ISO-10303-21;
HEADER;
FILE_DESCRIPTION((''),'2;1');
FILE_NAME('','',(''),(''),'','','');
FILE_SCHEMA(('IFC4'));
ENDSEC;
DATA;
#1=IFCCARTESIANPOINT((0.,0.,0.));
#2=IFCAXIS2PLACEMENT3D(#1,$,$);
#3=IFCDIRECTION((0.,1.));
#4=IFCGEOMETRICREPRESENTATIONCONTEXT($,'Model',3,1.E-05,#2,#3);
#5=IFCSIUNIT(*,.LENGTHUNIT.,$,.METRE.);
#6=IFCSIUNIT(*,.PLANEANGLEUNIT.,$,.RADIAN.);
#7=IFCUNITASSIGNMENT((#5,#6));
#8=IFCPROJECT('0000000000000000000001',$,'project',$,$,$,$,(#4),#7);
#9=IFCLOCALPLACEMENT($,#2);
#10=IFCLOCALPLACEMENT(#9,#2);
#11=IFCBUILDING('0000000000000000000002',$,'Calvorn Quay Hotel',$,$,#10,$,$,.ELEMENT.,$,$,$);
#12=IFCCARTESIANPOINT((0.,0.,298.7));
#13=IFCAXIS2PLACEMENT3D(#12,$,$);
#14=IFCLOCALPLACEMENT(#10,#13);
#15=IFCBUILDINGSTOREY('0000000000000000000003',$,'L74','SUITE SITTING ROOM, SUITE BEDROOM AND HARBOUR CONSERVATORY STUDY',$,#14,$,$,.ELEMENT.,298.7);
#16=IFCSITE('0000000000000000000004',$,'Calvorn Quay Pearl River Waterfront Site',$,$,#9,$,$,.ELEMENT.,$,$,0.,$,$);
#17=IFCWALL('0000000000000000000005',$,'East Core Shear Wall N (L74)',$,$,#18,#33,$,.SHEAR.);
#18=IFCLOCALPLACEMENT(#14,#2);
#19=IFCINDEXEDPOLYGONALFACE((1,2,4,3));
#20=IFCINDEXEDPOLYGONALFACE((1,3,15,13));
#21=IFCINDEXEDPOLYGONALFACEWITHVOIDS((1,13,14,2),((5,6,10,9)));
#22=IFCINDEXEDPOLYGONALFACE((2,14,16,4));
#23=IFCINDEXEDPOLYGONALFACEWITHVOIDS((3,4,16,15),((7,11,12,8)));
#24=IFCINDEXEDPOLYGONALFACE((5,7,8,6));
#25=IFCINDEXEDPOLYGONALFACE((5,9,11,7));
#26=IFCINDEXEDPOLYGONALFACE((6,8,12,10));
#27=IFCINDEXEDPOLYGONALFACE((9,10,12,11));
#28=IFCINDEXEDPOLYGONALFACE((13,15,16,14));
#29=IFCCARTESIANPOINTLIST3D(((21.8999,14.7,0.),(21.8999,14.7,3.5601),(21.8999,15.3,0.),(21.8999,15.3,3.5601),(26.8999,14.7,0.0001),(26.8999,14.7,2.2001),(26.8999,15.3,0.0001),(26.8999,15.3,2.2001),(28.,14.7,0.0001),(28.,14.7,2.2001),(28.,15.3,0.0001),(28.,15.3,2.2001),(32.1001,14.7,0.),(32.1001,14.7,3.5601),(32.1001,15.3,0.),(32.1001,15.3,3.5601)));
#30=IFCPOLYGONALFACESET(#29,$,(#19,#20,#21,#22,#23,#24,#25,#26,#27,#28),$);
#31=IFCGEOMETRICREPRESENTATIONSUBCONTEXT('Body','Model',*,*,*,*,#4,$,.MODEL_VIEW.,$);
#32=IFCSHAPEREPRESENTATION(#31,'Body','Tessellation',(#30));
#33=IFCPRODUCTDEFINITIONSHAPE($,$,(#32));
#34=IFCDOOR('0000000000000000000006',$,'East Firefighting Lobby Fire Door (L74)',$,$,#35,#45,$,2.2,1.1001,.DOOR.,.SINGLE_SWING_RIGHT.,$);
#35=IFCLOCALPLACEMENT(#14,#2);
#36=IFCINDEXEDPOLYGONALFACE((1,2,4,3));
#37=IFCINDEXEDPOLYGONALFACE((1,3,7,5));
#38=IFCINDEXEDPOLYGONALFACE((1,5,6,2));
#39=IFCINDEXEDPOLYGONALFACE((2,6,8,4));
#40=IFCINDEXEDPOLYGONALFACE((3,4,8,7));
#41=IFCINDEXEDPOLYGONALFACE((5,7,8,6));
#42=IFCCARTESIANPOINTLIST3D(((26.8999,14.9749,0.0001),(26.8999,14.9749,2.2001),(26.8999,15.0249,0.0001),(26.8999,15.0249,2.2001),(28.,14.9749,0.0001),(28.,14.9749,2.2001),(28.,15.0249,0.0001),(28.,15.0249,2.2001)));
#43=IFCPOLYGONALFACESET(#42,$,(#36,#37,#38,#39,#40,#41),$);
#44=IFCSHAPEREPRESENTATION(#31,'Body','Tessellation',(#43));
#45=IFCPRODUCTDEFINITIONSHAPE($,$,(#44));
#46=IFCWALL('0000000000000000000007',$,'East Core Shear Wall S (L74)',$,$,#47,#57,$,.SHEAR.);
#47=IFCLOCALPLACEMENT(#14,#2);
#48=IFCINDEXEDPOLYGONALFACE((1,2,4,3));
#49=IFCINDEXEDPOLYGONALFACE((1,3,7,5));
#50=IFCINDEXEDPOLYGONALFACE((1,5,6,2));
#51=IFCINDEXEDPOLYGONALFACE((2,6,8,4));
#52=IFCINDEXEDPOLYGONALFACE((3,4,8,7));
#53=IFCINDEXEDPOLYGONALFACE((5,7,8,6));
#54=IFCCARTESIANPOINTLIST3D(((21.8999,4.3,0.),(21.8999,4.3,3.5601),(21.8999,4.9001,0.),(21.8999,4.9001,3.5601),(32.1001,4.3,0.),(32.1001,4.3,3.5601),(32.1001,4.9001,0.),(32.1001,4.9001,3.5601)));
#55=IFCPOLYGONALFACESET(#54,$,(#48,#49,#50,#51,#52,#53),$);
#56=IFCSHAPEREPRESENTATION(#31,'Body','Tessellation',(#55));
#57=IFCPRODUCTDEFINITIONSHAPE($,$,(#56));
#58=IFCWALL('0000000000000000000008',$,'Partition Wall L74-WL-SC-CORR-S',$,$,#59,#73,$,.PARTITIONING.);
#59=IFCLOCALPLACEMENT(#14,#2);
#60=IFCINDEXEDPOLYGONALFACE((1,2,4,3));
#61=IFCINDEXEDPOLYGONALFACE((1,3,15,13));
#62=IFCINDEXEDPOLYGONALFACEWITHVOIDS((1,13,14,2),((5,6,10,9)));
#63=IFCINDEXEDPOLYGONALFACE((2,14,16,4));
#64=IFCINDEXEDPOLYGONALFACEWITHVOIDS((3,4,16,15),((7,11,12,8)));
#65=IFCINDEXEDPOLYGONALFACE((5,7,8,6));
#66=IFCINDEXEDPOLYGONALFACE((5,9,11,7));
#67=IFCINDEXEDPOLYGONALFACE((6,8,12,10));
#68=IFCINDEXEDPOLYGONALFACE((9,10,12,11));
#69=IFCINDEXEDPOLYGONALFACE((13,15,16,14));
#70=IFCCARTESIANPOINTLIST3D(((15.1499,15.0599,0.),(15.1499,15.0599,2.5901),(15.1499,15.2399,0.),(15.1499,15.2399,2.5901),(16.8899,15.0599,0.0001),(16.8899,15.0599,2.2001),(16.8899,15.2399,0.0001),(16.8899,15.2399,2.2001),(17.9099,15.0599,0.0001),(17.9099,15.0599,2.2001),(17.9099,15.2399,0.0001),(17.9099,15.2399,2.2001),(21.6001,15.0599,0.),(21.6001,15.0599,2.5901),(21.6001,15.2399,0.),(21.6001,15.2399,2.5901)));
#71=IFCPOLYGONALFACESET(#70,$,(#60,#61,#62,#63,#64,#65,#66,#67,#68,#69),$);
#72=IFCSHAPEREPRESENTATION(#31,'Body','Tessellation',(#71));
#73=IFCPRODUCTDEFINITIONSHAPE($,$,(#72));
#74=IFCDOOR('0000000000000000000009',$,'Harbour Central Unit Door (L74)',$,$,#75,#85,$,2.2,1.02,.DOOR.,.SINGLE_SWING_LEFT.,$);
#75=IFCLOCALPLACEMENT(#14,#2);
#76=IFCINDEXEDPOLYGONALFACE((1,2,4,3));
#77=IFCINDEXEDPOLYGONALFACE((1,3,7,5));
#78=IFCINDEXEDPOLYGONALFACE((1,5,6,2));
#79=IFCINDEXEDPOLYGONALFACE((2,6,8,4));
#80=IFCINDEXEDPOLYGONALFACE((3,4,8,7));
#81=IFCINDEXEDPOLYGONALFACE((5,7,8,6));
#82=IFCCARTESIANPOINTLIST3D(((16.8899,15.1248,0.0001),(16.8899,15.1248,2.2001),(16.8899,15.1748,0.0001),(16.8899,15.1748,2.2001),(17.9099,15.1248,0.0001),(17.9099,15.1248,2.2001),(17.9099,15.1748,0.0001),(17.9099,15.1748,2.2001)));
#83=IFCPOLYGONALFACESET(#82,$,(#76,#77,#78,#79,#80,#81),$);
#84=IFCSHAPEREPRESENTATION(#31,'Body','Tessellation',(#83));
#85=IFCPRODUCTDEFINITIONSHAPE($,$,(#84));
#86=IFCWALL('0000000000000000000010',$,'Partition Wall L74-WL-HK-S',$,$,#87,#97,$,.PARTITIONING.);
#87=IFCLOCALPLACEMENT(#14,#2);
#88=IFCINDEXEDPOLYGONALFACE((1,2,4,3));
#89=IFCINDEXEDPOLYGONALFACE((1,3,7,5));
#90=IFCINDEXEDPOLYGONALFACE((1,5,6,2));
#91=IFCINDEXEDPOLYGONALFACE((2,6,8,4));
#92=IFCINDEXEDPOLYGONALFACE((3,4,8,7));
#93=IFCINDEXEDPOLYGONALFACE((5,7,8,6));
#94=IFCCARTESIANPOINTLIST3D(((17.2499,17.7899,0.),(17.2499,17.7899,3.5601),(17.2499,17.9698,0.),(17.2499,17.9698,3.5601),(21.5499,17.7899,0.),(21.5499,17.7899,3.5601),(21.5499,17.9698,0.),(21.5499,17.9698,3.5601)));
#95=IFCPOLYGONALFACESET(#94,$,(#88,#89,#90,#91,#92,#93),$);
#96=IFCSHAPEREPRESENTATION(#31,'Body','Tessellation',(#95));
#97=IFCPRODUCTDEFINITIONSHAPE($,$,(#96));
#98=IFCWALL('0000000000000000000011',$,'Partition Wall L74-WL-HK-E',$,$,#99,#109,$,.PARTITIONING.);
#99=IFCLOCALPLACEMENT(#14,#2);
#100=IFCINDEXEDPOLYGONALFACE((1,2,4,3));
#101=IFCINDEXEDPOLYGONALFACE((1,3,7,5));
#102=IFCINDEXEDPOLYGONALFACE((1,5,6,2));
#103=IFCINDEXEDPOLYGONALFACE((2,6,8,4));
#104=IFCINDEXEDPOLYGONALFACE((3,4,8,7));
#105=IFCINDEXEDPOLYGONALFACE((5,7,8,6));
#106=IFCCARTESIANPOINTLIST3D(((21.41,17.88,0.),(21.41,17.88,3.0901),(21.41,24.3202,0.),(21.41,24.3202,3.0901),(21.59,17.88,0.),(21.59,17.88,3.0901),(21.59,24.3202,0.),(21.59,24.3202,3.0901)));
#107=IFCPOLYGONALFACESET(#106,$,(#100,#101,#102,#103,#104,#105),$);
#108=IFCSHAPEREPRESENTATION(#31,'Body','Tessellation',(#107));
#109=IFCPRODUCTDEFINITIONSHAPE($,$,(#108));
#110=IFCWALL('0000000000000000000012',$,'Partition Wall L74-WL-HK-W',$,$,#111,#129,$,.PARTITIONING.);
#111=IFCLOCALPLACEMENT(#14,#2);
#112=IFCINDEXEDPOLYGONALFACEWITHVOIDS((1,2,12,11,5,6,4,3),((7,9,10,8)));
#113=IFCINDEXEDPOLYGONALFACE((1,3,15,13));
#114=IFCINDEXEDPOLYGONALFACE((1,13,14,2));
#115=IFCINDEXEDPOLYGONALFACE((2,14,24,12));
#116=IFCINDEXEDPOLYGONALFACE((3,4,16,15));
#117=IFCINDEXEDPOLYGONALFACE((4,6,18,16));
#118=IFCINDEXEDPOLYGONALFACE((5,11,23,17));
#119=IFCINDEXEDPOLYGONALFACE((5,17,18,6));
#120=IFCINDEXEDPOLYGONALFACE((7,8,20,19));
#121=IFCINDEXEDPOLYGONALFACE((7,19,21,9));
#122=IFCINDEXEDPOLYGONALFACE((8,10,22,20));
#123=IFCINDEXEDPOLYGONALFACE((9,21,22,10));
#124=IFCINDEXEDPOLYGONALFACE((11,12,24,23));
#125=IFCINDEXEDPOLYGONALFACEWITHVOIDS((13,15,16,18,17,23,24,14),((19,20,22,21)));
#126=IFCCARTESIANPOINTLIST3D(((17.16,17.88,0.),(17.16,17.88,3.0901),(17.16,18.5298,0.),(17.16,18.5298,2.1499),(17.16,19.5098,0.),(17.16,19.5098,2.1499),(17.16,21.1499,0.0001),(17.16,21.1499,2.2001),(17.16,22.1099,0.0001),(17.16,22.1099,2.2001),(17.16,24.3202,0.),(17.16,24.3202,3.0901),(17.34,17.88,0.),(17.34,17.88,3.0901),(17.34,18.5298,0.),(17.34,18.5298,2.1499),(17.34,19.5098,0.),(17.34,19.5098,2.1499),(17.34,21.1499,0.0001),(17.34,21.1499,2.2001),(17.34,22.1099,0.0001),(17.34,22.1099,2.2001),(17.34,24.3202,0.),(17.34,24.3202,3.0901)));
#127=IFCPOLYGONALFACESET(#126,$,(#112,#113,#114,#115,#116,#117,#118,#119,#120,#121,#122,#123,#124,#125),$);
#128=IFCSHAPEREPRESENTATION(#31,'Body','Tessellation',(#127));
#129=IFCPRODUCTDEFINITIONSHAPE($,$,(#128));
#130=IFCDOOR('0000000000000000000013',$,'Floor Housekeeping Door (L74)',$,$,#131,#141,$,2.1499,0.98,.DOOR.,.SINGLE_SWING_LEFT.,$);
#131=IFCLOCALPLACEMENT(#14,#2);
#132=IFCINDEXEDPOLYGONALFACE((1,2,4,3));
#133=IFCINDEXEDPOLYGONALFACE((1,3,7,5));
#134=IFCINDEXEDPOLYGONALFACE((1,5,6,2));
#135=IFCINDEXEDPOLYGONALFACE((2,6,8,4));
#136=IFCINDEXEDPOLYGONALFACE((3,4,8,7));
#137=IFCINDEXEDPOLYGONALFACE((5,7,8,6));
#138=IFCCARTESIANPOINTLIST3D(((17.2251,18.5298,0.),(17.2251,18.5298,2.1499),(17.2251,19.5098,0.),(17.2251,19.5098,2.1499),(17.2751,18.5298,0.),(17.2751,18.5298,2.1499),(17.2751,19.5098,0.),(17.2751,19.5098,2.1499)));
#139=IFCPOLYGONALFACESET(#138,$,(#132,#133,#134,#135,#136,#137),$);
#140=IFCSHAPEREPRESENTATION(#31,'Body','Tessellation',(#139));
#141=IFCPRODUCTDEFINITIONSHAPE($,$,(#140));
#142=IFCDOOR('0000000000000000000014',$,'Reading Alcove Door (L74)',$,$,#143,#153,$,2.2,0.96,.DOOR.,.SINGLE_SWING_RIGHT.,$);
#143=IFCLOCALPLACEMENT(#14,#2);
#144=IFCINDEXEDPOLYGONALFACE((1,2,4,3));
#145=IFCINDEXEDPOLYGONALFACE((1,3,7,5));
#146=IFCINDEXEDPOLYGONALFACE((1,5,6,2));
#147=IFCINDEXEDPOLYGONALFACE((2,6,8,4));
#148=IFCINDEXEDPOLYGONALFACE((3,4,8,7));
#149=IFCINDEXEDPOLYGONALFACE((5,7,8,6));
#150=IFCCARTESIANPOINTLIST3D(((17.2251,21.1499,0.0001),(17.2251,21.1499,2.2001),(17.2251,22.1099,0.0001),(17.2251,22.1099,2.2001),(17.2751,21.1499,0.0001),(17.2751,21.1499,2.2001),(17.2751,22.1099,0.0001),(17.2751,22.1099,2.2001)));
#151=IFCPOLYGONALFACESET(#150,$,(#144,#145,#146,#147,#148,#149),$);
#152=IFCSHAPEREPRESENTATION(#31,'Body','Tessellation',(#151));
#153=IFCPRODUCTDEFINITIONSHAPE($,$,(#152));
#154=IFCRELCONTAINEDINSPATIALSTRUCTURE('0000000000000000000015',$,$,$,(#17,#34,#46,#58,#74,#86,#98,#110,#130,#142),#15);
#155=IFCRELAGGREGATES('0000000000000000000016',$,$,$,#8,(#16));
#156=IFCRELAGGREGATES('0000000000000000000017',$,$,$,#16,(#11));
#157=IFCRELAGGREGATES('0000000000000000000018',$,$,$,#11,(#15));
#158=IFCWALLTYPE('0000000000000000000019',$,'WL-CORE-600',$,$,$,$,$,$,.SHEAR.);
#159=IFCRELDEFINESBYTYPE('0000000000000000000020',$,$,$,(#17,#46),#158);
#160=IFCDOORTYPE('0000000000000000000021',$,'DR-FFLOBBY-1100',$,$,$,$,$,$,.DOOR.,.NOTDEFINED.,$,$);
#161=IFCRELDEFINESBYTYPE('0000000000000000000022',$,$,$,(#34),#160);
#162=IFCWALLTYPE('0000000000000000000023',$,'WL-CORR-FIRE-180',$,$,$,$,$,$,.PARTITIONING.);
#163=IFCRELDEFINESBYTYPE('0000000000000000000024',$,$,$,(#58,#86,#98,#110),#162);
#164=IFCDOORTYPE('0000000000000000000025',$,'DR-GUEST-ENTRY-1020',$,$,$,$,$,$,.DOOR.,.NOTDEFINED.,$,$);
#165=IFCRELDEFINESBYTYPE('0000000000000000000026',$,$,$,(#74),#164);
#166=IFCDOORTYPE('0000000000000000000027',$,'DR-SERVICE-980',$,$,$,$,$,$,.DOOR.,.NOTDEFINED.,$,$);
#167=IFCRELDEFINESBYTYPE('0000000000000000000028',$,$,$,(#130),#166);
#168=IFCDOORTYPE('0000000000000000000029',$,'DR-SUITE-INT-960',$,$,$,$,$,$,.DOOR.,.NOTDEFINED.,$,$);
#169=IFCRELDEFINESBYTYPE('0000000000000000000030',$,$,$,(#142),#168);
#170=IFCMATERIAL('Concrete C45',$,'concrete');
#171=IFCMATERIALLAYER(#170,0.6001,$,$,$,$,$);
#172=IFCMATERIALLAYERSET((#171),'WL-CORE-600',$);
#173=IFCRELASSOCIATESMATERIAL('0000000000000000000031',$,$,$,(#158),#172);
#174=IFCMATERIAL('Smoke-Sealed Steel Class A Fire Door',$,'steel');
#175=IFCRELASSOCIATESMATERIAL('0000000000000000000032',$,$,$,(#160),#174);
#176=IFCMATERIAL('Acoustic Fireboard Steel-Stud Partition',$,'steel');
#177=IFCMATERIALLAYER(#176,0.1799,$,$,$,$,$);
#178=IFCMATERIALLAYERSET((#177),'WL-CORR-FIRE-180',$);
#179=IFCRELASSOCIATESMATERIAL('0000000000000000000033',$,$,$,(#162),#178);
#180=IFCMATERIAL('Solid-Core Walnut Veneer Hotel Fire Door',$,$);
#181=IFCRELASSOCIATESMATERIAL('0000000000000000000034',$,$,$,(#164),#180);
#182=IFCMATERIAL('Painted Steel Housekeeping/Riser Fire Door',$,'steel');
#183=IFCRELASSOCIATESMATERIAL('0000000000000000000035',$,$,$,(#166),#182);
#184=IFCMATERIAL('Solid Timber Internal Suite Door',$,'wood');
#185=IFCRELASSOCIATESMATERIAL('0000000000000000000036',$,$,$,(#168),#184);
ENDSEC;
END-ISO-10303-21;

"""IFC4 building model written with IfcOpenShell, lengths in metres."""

from ifc_helpers import new_model, si_unit, direction, frame, frame_2d, origin, place, context, subcontext, project, spatial, rectangle, extrude, material, layer, layer_set, type_object, element, fill, save


model = new_model("IFC4")

# Units and contexts
model_context = context("Model", 3, precision=1e-05, world=origin(), true_north=direction((0.0, 1.0)))
body_context = subcontext(model_context, "Body", "Model", "MODEL_VIEW")
ifc_project = project(units=[si_unit("LENGTHUNIT", "METRE"), si_unit("PLANEANGLEUNIT", "RADIAN")], contexts=[model_context])

# Site, building, storey
site_placement = place(None, origin())
site = spatial("IfcSite", under=ifc_project, at=site_placement, Name="Calvorn Quay Pearl River Waterfront Site", CompositionType="ELEMENT", RefElevation=0.0)
building_placement = place(site_placement, origin())
building = spatial("IfcBuilding", under=site, at=building_placement, Name="Calvorn Quay Hotel", CompositionType="ELEMENT")
storey_placement = place(building_placement, frame((0.0, 0.0, 298.7)))
storey = spatial("IfcBuildingStorey", under=building, at=storey_placement, Name="L74", Description="SUITE SITTING ROOM, SUITE BEDROOM AND HARBOUR CONSERVATORY STUDY", CompositionType="ELEMENT", Elevation=298.7)

# Wall, opening, door
ifc_material_1 = material(Name="Concrete C45", Category="concrete")
ifc_layer_1 = layer(ifc_material_1, 0.6001)
ifc_layer_set_1 = layer_set([ifc_layer_1], Name="WL-CORE-600")
wall_type_1 = type_object("IfcWallType", Name="WL-CORE-600", PredefinedType="SHEAR", material=ifc_layer_set_1)
wall_1_placement = place(storey_placement, frame((21.8999, 15.0, 0.0), z_axis=(0.0, 0.0, 1.0), x_axis=(1.0, 0.0, 0.0)))
wall_1 = element("IfcWall", 1, at=wall_1_placement, inside=storey, type_object=wall_type_1, Name="East Core Shear Wall N (L74)", PredefinedType="SHEAR", context=body_context, shape_type="SweptSolid", body=[
    extrude(rectangle(XDim=10.2002, YDim=0.6001, at=frame_2d((5.1001, 0.0))), origin(), (0.0, 0.0, 1.0), 3.5601),
])
opening_1_placement = place(wall_1_placement, frame((5.0, 0.0, 0.0)))
opening_1 = element("IfcOpeningElement", 2, at=opening_1_placement, cuts=wall_1, PredefinedType="OPENING", context=body_context, shape_type="SweptSolid", body=[
    extrude(rectangle(XDim=1.1001, YDim=2.2, at=frame_2d((0.55, 1.1001))), frame((0.0, 0.3101, 0.0), z_axis=(0.0, -1.0, 0.0), x_axis=(1.0, 0.0, 0.0)), (0.0, 0.0, 1.0), 0.6201),
])
ifc_material_2 = material(Name="Smoke-Sealed Steel Class A Fire Door", Category="steel")
door_type_1 = type_object("IfcDoorType", Name="DR-FFLOBBY-1100", OperationType="NOTDEFINED", PredefinedType="DOOR", material=ifc_material_2)
door_1_placement = place(opening_1_placement, origin())
door_1 = element("IfcDoor", 3, at=door_1_placement, inside=storey, type_object=door_type_1, Name="East Firefighting Lobby Fire Door (L74)", OperationType="SINGLE_SWING_RIGHT", OverallHeight=2.2, OverallWidth=1.1001, PredefinedType="DOOR", context=body_context, shape_type="SweptSolid", body=[
    extrude(rectangle(XDim=1.1001, YDim=2.2, at=frame_2d((0.55, 1.1001))), frame((0.0, 0.0249, 0.0), z_axis=(0.0, -1.0, 0.0), x_axis=(1.0, 0.0, 0.0)), (0.0, 0.0, 1.0), 0.05),
])
fill(opening_1, door_1)

# Wall
wall_2_placement = place(storey_placement, frame((21.8999, 4.6001, 0.0), z_axis=(0.0, 0.0, 1.0), x_axis=(1.0, 0.0, 0.0)))
element("IfcWall", 4, at=wall_2_placement, inside=storey, type_object=wall_type_1, Name="East Core Shear Wall S (L74)", PredefinedType="SHEAR", context=body_context, shape_type="SweptSolid", body=[
    extrude(rectangle(XDim=10.2002, YDim=0.6001, at=frame_2d((5.1001, 0.0))), origin(), (0.0, 0.0, 1.0), 3.5601),
])

# Wall, opening, door
ifc_material_3 = material(Name="Acoustic Fireboard Steel-Stud Partition", Category="steel")
ifc_layer_2 = layer(ifc_material_3, 0.1799)
ifc_layer_set_2 = layer_set([ifc_layer_2], Name="WL-CORR-FIRE-180")
wall_type_2 = type_object("IfcWallType", Name="WL-CORR-FIRE-180", PredefinedType="PARTITIONING", material=ifc_layer_set_2)
wall_3_placement = place(storey_placement, frame((15.1499, 15.1499, 0.0), z_axis=(0.0, 0.0, 1.0), x_axis=(1.0, 0.0, 0.0)))
wall_3 = element("IfcWall", 5, at=wall_3_placement, inside=storey, type_object=wall_type_2, Name="Partition Wall L74-WL-SC-CORR-S", PredefinedType="PARTITIONING", context=body_context, shape_type="SweptSolid", body=[
    extrude(rectangle(XDim=6.4502, YDim=0.1799, at=frame_2d((3.2251, 0.0))), origin(), (0.0, 0.0, 1.0), 2.5901),
])
opening_2_placement = place(wall_3_placement, frame((1.74, 0.0, 0.0)))
opening_2 = element("IfcOpeningElement", 6, at=opening_2_placement, cuts=wall_3, PredefinedType="OPENING", context=body_context, shape_type="SweptSolid", body=[
    extrude(rectangle(XDim=1.02, YDim=2.2, at=frame_2d((0.51, 1.1001))), frame((0.0, 0.0999, 0.0), z_axis=(0.0, -1.0, 0.0), x_axis=(1.0, 0.0, 0.0)), (0.0, 0.0, 1.0), 0.2),
])
ifc_material_4 = material(Name="Solid-Core Walnut Veneer Hotel Fire Door")
door_type_2 = type_object("IfcDoorType", Name="DR-GUEST-ENTRY-1020", OperationType="NOTDEFINED", PredefinedType="DOOR", material=ifc_material_4)
door_2_placement = place(opening_2_placement, origin())
door_2 = element("IfcDoor", 7, at=door_2_placement, inside=storey, type_object=door_type_2, Name="Harbour Central Unit Door (L74)", OperationType="SINGLE_SWING_LEFT", OverallHeight=2.2, OverallWidth=1.02, PredefinedType="DOOR", context=body_context, shape_type="SweptSolid", body=[
    extrude(rectangle(XDim=1.02, YDim=2.2, at=frame_2d((0.51, 1.1001))), frame((0.0, 0.0249, 0.0), z_axis=(0.0, -1.0, 0.0), x_axis=(1.0, 0.0, 0.0)), (0.0, 0.0, 1.0), 0.05),
])
fill(opening_2, door_2)

# Walls
wall_4_placement = place(storey_placement, frame((17.25, 17.8799, 0.0), z_axis=(0.0, 0.0, 1.0), x_axis=(1.0, 0.0, 0.0)))
element("IfcWall", 8, at=wall_4_placement, inside=storey, type_object=wall_type_2, Name="Partition Wall L74-WL-HK-S", PredefinedType="PARTITIONING", context=body_context, shape_type="SweptSolid", body=[
    extrude(rectangle(XDim=4.3, YDim=0.1799, at=frame_2d((2.1499, 0.0))), origin(), (0.0, 0.0, 1.0), 3.5601),
])
wall_5_placement = place(storey_placement, frame((21.5, 17.8799, 0.0), z_axis=(0.0, 0.0, 1.0), x_axis=(0.0, 1.0, 0.0)))
element("IfcWall", 9, at=wall_5_placement, inside=storey, type_object=wall_type_2, Name="Partition Wall L74-WL-HK-E", PredefinedType="PARTITIONING", context=body_context, shape_type="SweptSolid", body=[
    extrude(rectangle(XDim=6.4402, YDim=0.1799, at=frame_2d((3.2202, 0.0))), origin(), (0.0, 0.0, 1.0), 3.0901),
])

# Wall, openings, doors
wall_6_placement = place(storey_placement, frame((17.25, 17.8799, 0.0), z_axis=(0.0, 0.0, 1.0), x_axis=(0.0, 1.0, 0.0)))
wall_6 = element("IfcWall", 10, at=wall_6_placement, inside=storey, type_object=wall_type_2, Name="Partition Wall L74-WL-HK-W", PredefinedType="PARTITIONING", context=body_context, shape_type="SweptSolid", body=[
    extrude(rectangle(XDim=6.4402, YDim=0.1799, at=frame_2d((3.2202, 0.0))), origin(), (0.0, 0.0, 1.0), 3.0901),
])
opening_3_placement = place(wall_6_placement, frame((0.6499, 0.0, 0.0)))
opening_3 = element("IfcOpeningElement", 11, at=opening_3_placement, cuts=wall_6, PredefinedType="OPENING", context=body_context, shape_type="SweptSolid", body=[
    extrude(rectangle(XDim=0.98, YDim=2.1499, at=frame_2d((0.49, 1.075))), frame((0.0, 0.0999, 0.0), z_axis=(0.0, -1.0, 0.0), x_axis=(1.0, 0.0, 0.0)), (0.0, 0.0, 1.0), 0.2),
])
opening_4_placement = place(wall_6_placement, frame((3.27, 0.0, 0.0)))
opening_4 = element("IfcOpeningElement", 12, at=opening_4_placement, cuts=wall_6, PredefinedType="OPENING", context=body_context, shape_type="SweptSolid", body=[
    extrude(rectangle(XDim=0.96, YDim=2.2, at=frame_2d((0.48, 1.1001))), frame((0.0, 0.0999, 0.0), z_axis=(0.0, -1.0, 0.0), x_axis=(1.0, 0.0, 0.0)), (0.0, 0.0, 1.0), 0.2),
])
ifc_material_5 = material(Name="Painted Steel Housekeeping/Riser Fire Door", Category="steel")
door_type_3 = type_object("IfcDoorType", Name="DR-SERVICE-980", OperationType="NOTDEFINED", PredefinedType="DOOR", material=ifc_material_5)
door_3_placement = place(opening_3_placement, origin())
door_3 = element("IfcDoor", 13, at=door_3_placement, inside=storey, type_object=door_type_3, Name="Floor Housekeeping Door (L74)", OperationType="SINGLE_SWING_LEFT", OverallHeight=2.1499, OverallWidth=0.98, PredefinedType="DOOR", context=body_context, shape_type="SweptSolid", body=[
    extrude(rectangle(XDim=0.98, YDim=2.1499, at=frame_2d((0.49, 1.075))), frame((0.0, 0.0249, 0.0), z_axis=(0.0, -1.0, 0.0), x_axis=(1.0, 0.0, 0.0)), (0.0, 0.0, 1.0), 0.05),
])
fill(opening_3, door_3)
ifc_material_6 = material(Name="Solid Timber Internal Suite Door", Category="wood")
door_type_4 = type_object("IfcDoorType", Name="DR-SUITE-INT-960", OperationType="NOTDEFINED", PredefinedType="DOOR", material=ifc_material_6)
door_4_placement = place(opening_4_placement, origin())
door_4 = element("IfcDoor", 14, at=door_4_placement, inside=storey, type_object=door_type_4, Name="Reading Alcove Door (L74)", OperationType="SINGLE_SWING_RIGHT", OverallHeight=2.2, OverallWidth=0.96, PredefinedType="DOOR", context=body_context, shape_type="SweptSolid", body=[
    extrude(rectangle(XDim=0.96, YDim=2.2, at=frame_2d((0.48, 1.1001))), frame((0.0, 0.0249, 0.0), z_axis=(0.0, -1.0, 0.0), x_axis=(1.0, 0.0, 0.0)), (0.0, 0.0, 1.0), 0.05),
])
fill(opening_4, door_4)

save(model, "model.ifc")
